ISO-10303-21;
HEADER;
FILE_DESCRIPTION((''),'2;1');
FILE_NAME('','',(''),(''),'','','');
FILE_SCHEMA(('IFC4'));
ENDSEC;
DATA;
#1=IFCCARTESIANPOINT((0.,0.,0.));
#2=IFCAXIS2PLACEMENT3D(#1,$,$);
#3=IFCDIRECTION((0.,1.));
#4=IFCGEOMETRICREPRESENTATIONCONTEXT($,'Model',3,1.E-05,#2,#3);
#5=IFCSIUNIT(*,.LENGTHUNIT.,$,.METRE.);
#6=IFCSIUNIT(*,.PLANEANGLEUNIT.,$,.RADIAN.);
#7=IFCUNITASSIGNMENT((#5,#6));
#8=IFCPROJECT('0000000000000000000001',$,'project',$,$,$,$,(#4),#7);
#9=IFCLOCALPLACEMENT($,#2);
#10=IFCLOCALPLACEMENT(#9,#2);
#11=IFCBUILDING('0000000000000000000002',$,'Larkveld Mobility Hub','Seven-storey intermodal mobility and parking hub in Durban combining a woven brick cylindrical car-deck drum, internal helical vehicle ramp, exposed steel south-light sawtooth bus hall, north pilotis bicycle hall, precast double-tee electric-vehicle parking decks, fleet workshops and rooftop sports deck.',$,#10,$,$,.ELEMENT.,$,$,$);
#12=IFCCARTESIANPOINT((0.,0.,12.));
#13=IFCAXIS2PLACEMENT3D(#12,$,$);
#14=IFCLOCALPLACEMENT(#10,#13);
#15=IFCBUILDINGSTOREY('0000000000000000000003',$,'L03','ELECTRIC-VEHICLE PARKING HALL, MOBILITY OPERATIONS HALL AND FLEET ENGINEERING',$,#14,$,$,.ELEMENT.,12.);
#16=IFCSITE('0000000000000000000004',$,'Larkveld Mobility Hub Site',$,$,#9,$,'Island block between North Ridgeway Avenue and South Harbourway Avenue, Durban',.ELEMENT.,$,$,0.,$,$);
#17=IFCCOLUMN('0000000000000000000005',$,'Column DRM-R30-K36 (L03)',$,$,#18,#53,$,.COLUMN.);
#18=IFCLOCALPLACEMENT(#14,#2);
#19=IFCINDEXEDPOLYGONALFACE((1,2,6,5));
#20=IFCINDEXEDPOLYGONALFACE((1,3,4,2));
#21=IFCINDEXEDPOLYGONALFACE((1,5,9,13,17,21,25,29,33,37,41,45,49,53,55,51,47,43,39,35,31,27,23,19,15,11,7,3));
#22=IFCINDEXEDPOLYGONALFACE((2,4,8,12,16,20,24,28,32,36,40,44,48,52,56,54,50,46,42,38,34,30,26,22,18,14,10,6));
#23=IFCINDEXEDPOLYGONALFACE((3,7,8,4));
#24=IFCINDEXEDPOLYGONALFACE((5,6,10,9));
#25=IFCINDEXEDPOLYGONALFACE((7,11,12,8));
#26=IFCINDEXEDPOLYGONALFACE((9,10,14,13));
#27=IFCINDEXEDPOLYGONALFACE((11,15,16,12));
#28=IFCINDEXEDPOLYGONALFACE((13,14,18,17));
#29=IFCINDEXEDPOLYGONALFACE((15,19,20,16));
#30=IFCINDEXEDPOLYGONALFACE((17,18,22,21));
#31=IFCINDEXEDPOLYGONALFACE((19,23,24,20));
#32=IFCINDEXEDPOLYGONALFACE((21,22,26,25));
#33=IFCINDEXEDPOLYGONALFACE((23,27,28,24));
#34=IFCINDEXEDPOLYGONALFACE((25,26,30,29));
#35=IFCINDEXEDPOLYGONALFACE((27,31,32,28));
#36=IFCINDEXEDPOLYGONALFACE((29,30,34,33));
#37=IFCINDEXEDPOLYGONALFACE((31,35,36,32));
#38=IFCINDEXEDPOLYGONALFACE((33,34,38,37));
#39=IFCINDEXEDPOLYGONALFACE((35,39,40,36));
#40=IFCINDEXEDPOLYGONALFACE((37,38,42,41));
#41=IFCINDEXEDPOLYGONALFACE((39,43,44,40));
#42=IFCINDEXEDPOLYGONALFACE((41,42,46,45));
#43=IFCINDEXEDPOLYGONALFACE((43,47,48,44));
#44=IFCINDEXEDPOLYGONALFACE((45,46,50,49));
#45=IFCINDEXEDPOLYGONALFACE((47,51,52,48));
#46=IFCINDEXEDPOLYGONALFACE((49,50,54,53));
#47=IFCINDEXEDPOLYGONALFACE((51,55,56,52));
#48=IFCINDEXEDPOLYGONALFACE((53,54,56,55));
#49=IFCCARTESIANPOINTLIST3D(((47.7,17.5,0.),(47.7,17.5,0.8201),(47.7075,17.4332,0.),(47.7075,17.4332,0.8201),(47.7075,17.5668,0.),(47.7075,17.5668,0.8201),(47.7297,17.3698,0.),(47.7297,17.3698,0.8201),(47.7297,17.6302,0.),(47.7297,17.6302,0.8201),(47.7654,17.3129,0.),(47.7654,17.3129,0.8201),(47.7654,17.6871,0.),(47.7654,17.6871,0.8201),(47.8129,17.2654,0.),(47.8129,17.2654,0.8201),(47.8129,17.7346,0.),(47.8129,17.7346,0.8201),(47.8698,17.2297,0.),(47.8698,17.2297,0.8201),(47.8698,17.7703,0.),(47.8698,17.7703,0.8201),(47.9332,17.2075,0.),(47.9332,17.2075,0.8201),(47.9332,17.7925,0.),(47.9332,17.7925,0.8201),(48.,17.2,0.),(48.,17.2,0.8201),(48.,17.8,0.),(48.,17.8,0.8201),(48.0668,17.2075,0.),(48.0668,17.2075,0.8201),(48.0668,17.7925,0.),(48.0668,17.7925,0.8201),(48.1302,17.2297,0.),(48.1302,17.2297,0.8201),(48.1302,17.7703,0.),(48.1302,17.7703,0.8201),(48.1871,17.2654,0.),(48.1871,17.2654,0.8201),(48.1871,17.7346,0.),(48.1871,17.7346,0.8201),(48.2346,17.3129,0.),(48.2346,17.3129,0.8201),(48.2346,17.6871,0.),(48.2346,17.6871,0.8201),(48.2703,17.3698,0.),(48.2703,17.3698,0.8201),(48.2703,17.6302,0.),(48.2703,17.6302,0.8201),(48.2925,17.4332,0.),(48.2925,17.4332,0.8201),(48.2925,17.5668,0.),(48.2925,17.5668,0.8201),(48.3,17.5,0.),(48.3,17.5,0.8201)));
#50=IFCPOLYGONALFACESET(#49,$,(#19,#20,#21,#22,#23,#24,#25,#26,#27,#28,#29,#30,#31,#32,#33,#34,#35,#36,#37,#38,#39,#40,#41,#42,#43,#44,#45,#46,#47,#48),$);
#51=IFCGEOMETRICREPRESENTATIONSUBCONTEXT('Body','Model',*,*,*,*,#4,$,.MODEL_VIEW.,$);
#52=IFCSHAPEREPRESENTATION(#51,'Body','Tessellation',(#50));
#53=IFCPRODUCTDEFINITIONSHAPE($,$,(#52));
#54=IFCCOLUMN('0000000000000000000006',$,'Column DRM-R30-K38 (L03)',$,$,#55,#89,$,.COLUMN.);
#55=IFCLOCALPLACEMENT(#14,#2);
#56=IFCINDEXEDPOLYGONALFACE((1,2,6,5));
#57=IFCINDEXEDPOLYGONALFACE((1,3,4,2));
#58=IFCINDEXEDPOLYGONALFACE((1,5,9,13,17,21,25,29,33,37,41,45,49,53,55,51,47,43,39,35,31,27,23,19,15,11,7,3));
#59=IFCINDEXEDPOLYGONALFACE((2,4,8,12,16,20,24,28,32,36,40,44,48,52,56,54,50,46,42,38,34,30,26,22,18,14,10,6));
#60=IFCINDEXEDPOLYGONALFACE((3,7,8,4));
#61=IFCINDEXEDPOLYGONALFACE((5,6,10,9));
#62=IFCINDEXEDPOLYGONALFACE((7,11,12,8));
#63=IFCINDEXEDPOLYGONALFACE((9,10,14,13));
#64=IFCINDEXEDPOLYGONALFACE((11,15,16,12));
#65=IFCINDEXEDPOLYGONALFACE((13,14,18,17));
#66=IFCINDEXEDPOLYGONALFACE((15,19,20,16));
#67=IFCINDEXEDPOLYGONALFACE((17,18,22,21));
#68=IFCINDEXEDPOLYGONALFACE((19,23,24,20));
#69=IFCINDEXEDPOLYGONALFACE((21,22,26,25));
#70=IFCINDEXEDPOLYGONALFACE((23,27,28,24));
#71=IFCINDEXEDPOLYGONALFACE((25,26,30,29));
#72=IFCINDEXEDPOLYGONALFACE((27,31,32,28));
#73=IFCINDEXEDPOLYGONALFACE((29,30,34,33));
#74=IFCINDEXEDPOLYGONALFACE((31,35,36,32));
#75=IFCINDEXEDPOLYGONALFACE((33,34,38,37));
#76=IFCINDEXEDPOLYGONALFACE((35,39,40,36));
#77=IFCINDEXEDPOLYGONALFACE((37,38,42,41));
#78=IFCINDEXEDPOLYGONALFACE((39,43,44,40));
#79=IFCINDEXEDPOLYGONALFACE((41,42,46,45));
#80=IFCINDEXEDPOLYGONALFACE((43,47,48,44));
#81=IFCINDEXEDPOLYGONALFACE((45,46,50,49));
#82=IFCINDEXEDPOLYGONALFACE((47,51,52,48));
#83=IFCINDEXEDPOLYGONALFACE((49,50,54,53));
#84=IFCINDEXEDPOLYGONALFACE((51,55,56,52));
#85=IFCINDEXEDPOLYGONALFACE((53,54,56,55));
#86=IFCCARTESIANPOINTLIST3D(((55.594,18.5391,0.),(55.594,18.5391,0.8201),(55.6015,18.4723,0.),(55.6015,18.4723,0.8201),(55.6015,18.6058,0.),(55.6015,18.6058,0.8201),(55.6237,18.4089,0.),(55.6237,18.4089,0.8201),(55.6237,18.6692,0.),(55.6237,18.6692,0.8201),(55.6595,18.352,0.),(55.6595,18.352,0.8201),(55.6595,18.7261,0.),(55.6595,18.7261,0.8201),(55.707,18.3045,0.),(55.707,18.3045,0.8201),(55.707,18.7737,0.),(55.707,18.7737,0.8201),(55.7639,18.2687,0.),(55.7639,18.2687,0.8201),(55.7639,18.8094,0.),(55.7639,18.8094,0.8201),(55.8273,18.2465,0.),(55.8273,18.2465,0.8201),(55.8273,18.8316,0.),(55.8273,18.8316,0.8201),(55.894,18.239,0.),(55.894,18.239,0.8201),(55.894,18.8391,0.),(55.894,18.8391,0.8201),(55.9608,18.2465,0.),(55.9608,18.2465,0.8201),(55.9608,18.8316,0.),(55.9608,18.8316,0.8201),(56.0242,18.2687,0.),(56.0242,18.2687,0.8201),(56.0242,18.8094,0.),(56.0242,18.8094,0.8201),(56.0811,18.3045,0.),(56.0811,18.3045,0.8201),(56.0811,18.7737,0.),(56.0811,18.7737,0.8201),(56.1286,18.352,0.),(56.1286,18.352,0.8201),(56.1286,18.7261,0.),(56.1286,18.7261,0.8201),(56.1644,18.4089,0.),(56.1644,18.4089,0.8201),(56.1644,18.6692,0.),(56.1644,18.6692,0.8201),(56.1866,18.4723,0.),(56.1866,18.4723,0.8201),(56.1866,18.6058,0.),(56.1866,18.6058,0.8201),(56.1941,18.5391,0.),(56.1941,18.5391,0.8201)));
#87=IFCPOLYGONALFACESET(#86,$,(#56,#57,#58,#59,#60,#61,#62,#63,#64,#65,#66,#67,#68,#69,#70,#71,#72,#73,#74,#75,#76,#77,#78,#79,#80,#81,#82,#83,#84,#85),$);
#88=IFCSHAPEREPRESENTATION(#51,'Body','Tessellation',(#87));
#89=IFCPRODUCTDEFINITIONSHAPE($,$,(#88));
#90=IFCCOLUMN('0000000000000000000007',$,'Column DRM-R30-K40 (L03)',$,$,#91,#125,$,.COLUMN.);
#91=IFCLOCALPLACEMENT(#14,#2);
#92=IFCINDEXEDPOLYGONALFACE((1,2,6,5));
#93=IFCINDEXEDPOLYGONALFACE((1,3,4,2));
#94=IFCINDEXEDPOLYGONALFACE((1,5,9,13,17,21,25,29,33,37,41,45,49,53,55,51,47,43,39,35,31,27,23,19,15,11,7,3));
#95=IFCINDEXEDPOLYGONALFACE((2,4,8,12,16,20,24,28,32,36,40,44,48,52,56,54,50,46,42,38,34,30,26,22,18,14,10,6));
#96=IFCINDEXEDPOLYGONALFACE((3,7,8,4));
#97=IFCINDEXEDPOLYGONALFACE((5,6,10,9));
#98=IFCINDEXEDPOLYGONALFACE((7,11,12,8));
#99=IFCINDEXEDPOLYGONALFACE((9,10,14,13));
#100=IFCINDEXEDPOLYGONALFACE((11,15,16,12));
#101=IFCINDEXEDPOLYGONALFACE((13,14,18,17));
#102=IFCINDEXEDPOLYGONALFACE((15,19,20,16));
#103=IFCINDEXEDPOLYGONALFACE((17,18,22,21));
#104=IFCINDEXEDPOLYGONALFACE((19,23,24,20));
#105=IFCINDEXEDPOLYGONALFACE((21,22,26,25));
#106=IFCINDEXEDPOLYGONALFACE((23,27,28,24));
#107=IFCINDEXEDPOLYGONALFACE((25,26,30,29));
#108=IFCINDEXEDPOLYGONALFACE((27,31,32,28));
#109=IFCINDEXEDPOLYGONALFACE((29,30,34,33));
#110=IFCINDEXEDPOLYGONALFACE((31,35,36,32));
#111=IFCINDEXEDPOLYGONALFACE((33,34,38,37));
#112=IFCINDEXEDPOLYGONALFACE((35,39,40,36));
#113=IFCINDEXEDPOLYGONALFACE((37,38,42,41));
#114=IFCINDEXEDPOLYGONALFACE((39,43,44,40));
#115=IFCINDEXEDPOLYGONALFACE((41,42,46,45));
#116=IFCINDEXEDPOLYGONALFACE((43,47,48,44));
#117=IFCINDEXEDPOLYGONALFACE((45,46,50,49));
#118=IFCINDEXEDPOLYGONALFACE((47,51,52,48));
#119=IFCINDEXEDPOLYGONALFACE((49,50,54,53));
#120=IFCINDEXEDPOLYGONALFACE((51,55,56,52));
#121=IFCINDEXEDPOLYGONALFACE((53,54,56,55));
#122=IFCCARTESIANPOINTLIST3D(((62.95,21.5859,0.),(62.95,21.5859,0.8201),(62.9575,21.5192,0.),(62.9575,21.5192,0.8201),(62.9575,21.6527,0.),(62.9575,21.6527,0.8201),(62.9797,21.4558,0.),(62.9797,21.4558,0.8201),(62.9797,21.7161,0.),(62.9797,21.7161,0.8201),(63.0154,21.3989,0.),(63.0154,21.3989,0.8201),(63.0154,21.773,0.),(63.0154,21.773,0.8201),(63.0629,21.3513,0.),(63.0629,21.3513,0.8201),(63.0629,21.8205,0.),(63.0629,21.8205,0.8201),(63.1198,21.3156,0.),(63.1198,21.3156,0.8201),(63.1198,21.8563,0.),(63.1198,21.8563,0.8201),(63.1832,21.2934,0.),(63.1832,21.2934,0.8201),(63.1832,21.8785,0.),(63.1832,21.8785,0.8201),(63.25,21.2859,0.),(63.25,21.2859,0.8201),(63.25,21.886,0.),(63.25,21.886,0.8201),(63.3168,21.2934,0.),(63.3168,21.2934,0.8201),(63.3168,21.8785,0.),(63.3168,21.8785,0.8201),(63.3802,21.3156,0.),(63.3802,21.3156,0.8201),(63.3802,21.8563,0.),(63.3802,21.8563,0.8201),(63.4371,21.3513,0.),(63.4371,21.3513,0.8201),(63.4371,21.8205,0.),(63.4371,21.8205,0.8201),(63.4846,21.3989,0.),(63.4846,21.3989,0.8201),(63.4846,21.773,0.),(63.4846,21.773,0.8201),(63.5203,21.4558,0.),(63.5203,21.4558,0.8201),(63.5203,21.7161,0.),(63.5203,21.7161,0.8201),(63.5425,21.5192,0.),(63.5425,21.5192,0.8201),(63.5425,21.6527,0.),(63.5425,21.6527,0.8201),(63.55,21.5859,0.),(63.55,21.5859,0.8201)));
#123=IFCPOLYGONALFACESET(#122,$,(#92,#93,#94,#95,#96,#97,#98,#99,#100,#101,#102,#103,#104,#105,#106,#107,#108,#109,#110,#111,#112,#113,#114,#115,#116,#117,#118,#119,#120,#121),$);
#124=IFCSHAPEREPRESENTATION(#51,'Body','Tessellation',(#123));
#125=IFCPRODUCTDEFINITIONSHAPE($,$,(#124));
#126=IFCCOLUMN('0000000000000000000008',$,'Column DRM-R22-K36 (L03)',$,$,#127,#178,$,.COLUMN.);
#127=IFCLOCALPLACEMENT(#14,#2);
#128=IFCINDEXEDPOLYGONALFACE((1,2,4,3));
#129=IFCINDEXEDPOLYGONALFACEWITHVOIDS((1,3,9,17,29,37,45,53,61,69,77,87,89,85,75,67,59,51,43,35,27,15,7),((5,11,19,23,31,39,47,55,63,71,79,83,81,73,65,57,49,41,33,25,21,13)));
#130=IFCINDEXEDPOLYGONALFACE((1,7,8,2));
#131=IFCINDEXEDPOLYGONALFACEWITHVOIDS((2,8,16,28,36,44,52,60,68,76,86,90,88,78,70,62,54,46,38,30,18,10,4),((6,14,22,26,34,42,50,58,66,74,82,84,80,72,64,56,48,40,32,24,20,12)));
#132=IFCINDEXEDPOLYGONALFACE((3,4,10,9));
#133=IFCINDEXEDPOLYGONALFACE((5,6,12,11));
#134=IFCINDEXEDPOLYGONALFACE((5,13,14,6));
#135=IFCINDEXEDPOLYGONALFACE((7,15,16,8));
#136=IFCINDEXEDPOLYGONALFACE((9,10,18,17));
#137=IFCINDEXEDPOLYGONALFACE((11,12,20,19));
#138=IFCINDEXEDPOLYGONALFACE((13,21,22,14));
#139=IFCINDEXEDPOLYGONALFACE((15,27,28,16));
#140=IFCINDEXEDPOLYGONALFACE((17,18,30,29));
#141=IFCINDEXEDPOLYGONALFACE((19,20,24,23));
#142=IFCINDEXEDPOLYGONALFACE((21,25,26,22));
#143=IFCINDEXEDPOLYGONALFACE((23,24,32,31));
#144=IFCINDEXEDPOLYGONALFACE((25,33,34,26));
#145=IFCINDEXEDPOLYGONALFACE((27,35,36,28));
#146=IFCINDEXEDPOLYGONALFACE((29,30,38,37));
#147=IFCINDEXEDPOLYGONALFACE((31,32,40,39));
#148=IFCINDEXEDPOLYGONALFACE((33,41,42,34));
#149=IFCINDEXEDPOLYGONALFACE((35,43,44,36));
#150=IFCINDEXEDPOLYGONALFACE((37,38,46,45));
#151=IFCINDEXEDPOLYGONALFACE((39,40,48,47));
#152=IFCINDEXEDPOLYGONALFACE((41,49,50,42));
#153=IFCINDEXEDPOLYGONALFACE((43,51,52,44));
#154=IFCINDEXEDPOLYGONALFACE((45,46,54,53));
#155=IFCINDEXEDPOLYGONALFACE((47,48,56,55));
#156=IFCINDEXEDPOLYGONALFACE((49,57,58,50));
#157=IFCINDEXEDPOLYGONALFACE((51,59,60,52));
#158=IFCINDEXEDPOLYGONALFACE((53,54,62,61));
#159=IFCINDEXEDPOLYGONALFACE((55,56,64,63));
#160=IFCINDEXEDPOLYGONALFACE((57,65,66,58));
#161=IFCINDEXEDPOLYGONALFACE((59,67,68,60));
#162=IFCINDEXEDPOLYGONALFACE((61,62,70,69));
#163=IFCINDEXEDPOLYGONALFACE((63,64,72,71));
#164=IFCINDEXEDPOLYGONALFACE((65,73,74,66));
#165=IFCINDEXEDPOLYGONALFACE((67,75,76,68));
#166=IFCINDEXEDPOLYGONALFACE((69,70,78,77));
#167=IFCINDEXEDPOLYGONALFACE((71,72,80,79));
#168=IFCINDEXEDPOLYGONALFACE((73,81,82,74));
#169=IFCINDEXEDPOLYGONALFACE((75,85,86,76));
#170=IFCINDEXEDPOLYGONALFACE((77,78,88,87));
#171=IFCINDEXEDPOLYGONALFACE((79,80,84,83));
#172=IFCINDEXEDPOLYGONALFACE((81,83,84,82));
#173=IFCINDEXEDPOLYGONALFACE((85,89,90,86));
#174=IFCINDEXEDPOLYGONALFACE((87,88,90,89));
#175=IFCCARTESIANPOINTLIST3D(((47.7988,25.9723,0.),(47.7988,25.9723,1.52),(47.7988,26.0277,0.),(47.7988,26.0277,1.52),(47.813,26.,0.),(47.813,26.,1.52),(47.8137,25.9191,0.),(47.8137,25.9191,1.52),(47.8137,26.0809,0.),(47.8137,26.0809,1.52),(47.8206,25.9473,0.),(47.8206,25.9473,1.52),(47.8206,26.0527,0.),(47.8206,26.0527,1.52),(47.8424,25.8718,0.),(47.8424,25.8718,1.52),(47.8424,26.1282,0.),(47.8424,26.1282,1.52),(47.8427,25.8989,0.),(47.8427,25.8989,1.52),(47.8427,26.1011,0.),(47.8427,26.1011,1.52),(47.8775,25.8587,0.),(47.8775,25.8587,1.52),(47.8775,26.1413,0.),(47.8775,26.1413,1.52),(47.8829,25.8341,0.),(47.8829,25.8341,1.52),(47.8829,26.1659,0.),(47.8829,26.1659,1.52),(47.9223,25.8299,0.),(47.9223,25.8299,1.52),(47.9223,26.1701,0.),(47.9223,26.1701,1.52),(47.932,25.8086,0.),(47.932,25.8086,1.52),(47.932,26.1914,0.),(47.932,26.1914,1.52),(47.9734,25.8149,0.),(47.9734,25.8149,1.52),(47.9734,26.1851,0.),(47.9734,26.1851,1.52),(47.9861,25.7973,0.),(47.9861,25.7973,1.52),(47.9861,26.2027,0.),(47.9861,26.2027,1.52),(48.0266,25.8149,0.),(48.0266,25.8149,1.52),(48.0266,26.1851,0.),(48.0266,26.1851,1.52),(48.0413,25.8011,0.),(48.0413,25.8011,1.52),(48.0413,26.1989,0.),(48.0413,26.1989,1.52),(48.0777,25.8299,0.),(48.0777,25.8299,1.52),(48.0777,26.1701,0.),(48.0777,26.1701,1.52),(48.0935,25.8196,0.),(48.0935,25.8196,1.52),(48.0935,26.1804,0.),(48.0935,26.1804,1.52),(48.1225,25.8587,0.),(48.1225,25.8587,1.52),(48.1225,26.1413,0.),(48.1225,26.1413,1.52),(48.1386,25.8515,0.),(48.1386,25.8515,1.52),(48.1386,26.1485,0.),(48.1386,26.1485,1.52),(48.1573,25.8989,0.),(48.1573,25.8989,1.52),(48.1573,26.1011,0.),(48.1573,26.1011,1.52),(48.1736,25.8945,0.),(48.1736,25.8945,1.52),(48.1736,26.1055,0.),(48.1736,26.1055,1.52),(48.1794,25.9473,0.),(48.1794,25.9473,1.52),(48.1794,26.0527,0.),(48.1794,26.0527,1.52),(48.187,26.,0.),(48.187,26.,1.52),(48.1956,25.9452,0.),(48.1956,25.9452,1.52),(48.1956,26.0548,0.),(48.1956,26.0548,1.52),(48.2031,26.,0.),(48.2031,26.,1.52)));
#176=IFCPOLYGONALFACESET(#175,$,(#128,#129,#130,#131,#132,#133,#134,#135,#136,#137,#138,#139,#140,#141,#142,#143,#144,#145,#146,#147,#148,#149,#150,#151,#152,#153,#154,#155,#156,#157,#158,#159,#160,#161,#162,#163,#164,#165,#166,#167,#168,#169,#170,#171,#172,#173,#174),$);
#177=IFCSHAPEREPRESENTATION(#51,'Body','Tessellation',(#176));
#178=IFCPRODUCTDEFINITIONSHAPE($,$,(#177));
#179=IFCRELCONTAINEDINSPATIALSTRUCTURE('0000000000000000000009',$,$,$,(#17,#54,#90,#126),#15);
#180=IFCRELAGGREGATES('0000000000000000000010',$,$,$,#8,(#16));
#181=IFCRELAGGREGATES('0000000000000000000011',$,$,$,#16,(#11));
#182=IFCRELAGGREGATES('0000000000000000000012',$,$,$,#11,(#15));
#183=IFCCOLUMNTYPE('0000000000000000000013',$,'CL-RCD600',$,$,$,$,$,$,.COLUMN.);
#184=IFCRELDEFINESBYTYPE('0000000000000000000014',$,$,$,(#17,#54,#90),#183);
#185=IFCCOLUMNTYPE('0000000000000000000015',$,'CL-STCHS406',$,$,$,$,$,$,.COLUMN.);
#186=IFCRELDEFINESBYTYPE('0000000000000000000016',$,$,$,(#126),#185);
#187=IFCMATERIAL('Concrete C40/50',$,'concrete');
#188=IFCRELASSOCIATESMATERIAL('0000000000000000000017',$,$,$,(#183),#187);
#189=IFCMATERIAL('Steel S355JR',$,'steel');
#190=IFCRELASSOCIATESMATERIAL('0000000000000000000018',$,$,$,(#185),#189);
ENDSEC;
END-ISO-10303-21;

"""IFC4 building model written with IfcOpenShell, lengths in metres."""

from ifc_helpers import new_model, si_unit, direction, frame, origin, origin_2d, place, context, subcontext, project, spatial, circle, hollow_circle, extrude, material, material_profile, profile_set, type_object, element, save


model = new_model("IFC4")

# Units and contexts
model_context = context("Model", 3, precision=1e-05, world=origin(), true_north=direction((0.0, 1.0)))
body_context = subcontext(model_context, "Body", "Model", "MODEL_VIEW")
ifc_project = project(units=[si_unit("LENGTHUNIT", "METRE"), si_unit("PLANEANGLEUNIT", "RADIAN")], contexts=[model_context])

# Site, building, storey
site_placement = place(None, origin())
site = spatial("IfcSite", under=ifc_project, at=site_placement, Name="Larkveld Mobility Hub Site", LongName="Island block between North Ridgeway Avenue and South Harbourway Avenue, Durban", CompositionType="ELEMENT", RefElevation=0.0)
building_placement = place(site_placement, origin())
building = spatial("IfcBuilding", under=site, at=building_placement, Name="Larkveld Mobility Hub", Description="Seven-storey intermodal mobility and parking hub in Durban combining a woven brick cylindrical car-deck drum, internal helical vehicle ramp, exposed steel south-light sawtooth bus hall, north pilotis bicycle hall, precast double-tee electric-vehicle parking decks, fleet workshops and rooftop sports deck.", CompositionType="ELEMENT")
storey_placement = place(building_placement, frame((0.0, 0.0, 12.0)))
storey = spatial("IfcBuildingStorey", under=building, at=storey_placement, Name="L03", Description="ELECTRIC-VEHICLE PARKING HALL, MOBILITY OPERATIONS HALL AND FLEET ENGINEERING", CompositionType="ELEMENT", Elevation=12.0)

# Columns
ifc_material_1 = material(Name="Concrete C40/50", Category="concrete")
ifc_material_profile_1 = material_profile(ifc_material_1, circle(Radius=0.3, at=origin_2d()), Name="RC COL D600")
ifc_profile_set_1 = profile_set([ifc_material_profile_1], Name="Concrete C40/50")
column_type_1 = type_object("IfcColumnType", Name="CL-RCD600", PredefinedType="COLUMN", material=ifc_profile_set_1)
for number, where, z_axis, x_axis, name in (
    (1, (48.0, 17.5, 0.0), (0.0, 0.0, 1.0), (1.0, 0.0, 0.0), "Column DRM-R30-K36 (L03)"),
    (2, (55.894, 18.5391, 0.0), (0.0, 0.0, 1.0), (1.0, 0.0, 0.0), "Column DRM-R30-K38 (L03)"),
    (3, (63.25, 21.5859, 0.0), (0.0, 0.0, 1.0), (1.0, 0.0, 0.0), "Column DRM-R30-K40 (L03)"),
):
    element("IfcColumn", number, at=place(storey_placement, frame(where, z_axis=z_axis, x_axis=x_axis)), inside=storey, type_object=column_type_1, Name=name, PredefinedType="COLUMN", context=body_context, shape_type="SweptSolid", body=[
        extrude(circle(Radius=0.3, at=origin_2d()), origin(), (0.0, 0.0, 1.0), 0.8201),
    ])
ifc_material_2 = material(Name="Steel S355JR", Category="steel")
ifc_material_profile_2 = material_profile(ifc_material_2, hollow_circle(Radius=0.2031, WallThickness=0.0161, at=origin_2d()), Name="CHS 406.4x16")
ifc_profile_set_2 = profile_set([ifc_material_profile_2], Name="Steel S355JR")
column_type_2 = type_object("IfcColumnType", Name="CL-STCHS406", PredefinedType="COLUMN", material=ifc_profile_set_2)
for number, where, z_axis, x_axis, name in (
    (4, (48.0, 26.0, 0.0), (0.0, 0.0, 1.0), (1.0, 0.0, 0.0), "Column DRM-R22-K36 (L03)"),
):
    element("IfcColumn", number, at=place(storey_placement, frame(where, z_axis=z_axis, x_axis=x_axis)), inside=storey, type_object=column_type_2, Name=name, PredefinedType="COLUMN", context=body_context, shape_type="SweptSolid", body=[
        extrude(hollow_circle(Radius=0.2031, WallThickness=0.0161, at=origin_2d()), origin(), (0.0, 0.0, 1.0), 1.52),
    ])

save(model, "model.ifc")
